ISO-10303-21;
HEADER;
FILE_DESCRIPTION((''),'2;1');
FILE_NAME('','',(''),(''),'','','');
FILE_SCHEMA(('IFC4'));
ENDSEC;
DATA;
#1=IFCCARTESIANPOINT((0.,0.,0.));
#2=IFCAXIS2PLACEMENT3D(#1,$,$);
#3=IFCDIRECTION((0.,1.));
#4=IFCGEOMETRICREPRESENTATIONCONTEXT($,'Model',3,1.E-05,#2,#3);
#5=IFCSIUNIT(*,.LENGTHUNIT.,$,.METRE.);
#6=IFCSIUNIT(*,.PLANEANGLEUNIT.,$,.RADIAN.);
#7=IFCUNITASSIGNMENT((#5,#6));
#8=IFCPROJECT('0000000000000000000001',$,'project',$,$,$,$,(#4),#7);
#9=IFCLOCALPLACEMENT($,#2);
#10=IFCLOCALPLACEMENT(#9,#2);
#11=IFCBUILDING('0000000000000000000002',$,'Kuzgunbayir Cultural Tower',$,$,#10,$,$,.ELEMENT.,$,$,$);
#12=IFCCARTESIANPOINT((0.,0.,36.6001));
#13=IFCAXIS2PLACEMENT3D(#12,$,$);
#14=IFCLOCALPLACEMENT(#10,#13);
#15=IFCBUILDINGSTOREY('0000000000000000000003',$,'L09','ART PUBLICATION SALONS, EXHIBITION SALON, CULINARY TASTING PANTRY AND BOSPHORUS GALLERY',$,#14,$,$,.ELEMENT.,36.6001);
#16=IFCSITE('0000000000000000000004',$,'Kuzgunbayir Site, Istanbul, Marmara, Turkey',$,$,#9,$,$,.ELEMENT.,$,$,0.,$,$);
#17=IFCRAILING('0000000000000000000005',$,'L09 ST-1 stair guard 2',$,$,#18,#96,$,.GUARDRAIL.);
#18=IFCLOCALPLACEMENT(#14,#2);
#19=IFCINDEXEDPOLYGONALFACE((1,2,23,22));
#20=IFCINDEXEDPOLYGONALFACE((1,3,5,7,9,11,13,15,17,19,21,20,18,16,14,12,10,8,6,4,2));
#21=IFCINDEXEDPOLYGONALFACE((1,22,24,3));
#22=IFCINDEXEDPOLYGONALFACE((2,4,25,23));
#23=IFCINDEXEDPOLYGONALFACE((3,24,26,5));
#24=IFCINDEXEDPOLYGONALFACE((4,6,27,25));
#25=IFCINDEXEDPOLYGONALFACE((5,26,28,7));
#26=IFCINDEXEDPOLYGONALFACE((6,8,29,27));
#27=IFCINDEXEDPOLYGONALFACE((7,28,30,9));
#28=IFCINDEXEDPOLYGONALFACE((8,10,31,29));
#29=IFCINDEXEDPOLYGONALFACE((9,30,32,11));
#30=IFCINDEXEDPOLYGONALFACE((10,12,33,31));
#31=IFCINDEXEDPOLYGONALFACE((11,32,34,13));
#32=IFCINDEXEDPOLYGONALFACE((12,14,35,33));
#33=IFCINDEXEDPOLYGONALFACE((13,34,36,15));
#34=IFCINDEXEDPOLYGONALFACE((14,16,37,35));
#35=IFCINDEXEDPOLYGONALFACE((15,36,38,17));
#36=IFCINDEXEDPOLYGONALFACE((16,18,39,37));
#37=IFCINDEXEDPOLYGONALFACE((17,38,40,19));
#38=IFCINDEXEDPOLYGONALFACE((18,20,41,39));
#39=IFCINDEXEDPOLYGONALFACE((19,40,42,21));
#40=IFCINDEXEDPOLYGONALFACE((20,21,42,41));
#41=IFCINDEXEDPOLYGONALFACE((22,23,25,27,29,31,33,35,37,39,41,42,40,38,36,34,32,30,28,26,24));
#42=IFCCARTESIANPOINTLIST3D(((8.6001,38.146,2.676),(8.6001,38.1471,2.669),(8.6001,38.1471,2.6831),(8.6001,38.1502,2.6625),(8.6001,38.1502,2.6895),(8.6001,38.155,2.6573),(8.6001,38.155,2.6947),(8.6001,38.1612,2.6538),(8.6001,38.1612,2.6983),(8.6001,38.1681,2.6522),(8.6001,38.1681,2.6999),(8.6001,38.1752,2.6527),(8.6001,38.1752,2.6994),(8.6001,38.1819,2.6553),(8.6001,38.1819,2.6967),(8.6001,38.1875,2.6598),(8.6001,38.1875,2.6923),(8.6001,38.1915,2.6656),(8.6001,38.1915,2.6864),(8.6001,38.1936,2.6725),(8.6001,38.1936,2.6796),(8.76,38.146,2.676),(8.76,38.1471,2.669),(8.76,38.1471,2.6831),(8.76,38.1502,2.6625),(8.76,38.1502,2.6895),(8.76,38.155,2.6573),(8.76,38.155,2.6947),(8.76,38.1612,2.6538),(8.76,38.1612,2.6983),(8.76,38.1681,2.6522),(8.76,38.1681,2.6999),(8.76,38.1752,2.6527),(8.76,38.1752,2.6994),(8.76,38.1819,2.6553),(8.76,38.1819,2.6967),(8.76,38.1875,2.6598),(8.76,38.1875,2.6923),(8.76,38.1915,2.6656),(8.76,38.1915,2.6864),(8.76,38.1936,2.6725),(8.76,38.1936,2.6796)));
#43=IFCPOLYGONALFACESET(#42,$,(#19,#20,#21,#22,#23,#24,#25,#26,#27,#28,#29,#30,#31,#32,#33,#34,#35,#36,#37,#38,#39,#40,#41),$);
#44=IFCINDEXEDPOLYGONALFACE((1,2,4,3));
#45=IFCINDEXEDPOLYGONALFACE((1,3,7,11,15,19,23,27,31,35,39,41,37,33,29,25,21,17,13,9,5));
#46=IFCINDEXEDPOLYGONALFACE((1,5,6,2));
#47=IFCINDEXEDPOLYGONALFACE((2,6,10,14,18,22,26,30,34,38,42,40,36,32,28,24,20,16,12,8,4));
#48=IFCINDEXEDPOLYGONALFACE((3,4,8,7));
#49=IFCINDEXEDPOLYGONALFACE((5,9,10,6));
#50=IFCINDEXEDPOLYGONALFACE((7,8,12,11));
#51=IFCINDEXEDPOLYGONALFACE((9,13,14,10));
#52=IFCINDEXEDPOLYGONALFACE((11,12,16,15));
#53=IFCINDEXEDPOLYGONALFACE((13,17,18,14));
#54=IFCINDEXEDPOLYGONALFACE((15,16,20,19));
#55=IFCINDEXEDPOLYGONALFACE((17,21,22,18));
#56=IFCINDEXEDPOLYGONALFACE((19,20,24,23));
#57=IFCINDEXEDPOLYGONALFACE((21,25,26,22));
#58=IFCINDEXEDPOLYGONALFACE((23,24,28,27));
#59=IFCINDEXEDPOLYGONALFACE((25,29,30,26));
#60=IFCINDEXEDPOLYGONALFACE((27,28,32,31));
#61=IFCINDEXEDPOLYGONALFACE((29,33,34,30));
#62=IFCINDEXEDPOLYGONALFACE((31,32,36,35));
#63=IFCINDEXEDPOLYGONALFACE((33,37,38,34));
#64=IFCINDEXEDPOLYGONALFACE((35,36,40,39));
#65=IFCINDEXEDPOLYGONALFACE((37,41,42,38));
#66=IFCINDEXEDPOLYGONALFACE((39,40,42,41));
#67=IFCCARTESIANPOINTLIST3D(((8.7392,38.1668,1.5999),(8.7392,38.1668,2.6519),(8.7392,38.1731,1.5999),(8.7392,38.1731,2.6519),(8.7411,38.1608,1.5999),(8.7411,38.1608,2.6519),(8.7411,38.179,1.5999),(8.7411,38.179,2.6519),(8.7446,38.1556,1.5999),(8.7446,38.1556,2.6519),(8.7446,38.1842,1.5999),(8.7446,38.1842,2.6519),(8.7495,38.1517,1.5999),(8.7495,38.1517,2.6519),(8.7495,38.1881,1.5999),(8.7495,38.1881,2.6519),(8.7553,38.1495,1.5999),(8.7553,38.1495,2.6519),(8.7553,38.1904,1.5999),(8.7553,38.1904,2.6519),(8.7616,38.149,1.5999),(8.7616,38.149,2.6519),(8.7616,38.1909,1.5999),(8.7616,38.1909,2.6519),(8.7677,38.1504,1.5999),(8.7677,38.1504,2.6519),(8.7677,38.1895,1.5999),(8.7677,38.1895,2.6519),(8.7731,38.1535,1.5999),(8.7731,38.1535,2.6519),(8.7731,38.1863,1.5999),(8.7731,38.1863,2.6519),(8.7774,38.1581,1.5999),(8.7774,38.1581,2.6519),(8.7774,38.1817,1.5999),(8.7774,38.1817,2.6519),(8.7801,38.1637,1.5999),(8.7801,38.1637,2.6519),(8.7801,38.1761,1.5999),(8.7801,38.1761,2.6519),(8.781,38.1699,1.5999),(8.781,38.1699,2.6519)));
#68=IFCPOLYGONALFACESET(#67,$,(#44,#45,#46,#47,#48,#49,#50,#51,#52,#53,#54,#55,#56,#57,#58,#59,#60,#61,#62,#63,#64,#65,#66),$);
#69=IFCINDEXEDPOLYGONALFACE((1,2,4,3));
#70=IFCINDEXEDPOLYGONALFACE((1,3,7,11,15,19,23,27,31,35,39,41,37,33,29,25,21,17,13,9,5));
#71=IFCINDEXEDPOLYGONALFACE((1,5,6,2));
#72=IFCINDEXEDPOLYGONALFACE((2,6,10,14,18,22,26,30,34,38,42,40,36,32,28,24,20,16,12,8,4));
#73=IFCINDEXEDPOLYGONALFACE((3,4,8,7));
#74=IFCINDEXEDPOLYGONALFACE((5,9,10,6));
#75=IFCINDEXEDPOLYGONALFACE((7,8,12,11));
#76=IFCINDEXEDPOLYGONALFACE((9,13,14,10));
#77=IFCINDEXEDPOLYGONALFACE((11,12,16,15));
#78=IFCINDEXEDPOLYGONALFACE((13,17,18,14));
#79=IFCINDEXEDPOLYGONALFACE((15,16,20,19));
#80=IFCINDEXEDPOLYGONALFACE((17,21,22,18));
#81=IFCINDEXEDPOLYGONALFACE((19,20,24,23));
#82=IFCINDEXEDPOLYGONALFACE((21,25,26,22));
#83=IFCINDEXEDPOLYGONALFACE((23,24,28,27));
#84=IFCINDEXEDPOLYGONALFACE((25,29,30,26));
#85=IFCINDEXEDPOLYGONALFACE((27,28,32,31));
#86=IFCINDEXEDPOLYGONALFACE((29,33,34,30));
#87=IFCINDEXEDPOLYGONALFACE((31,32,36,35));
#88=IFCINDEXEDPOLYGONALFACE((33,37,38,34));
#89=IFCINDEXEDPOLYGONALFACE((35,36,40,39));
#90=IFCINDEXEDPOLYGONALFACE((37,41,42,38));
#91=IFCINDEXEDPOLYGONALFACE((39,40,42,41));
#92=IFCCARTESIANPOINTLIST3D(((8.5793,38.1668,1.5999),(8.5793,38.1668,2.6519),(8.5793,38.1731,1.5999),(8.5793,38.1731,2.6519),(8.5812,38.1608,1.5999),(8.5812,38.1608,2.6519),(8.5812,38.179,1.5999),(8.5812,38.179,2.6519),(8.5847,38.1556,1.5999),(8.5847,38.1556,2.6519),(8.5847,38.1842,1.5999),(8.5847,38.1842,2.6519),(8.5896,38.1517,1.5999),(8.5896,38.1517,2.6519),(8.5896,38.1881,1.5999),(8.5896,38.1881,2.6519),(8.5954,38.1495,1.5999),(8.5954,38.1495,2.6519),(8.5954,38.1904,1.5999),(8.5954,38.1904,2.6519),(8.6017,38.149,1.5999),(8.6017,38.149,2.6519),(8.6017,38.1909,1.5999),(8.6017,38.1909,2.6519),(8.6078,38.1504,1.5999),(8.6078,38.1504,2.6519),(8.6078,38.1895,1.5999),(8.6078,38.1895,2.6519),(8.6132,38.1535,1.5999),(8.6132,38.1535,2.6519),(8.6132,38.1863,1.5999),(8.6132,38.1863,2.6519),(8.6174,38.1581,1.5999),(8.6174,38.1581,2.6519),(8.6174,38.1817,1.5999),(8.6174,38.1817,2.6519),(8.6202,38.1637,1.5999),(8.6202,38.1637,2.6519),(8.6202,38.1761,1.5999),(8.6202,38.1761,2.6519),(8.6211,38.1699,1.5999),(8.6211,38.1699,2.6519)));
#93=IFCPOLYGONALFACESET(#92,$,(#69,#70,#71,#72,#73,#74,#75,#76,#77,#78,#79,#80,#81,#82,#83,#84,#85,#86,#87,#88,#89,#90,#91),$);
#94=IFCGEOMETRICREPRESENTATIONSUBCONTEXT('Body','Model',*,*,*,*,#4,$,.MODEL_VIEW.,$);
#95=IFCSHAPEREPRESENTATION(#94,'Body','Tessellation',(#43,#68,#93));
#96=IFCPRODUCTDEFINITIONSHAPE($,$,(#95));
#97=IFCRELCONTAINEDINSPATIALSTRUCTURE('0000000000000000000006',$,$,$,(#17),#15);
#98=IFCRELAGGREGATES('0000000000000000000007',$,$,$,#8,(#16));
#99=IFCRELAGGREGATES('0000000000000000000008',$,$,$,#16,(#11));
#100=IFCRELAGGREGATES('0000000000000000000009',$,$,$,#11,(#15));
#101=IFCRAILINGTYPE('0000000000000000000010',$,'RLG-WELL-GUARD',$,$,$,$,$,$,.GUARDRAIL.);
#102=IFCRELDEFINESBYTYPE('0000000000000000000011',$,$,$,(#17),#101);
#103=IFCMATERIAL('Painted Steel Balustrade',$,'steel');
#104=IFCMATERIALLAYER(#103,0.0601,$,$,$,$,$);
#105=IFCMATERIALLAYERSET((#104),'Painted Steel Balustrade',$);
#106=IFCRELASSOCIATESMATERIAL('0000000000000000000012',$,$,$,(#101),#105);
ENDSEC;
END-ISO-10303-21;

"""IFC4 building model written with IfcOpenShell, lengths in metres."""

from ifc_helpers import new_model, si_unit, direction, frame, origin, origin_2d, place, context, subcontext, project, spatial, circle, extrude, material, layer, layer_set, type_object, element, save


model = new_model("IFC4")

# Units and contexts
model_context = context("Model", 3, precision=1e-05, world=origin(), true_north=direction((0.0, 1.0)))
body_context = subcontext(model_context, "Body", "Model", "MODEL_VIEW")
ifc_project = project(units=[si_unit("LENGTHUNIT", "METRE"), si_unit("PLANEANGLEUNIT", "RADIAN")], contexts=[model_context])

# Site, building, storey
site_placement = place(None, origin())
site = spatial("IfcSite", under=ifc_project, at=site_placement, Name="Kuzgunbayir Site, Istanbul, Marmara, Turkey", CompositionType="ELEMENT", RefElevation=0.0)
building_placement = place(site_placement, origin())
building = spatial("IfcBuilding", under=site, at=building_placement, Name="Kuzgunbayir Cultural Tower", CompositionType="ELEMENT")
storey_placement = place(building_placement, frame((0.0, 0.0, 36.6001)))
storey = spatial("IfcBuildingStorey", under=building, at=storey_placement, Name="L09", Description="ART PUBLICATION SALONS, EXHIBITION SALON, CULINARY TASTING PANTRY AND BOSPHORUS GALLERY", CompositionType="ELEMENT", Elevation=36.6001)

# Railing
ifc_material_1 = material(Name="Painted Steel Balustrade", Category="steel")
ifc_layer_1 = layer(ifc_material_1, 0.0601)
ifc_layer_set_1 = layer_set([ifc_layer_1], Name="Painted Steel Balustrade")
railing_type_1 = type_object("IfcRailingType", Name="RLG-WELL-GUARD", PredefinedType="GUARDRAIL", material=ifc_layer_set_1)
railing_1_placement = place(storey_placement, frame((8.76, 38.1699, 1.5999)))
element("IfcRailing", 1, at=railing_1_placement, inside=storey, type_object=railing_type_1, Name="L09 ST-1 stair guard 2", PredefinedType="GUARDRAIL", context=body_context, shape_type="SweptSolid", body=[
    extrude(circle(Radius=0.0239, at=origin_2d()), frame((0.0, 0.0, 1.0762), z_axis=(-1.0, 0.0, 0.0), x_axis=(0.0, -1.0, 0.0)), (0.0, 0.0, 1.0), 0.1599),
    extrude(circle(Radius=0.021, at=origin_2d()), origin(), (0.0, 0.0, 1.0), 1.052),
    extrude(circle(Radius=0.021, at=origin_2d()), frame((-0.1599, 0.0, 0.0)), (0.0, 0.0, 1.0), 1.052),
])

save(model, "model.ifc")
